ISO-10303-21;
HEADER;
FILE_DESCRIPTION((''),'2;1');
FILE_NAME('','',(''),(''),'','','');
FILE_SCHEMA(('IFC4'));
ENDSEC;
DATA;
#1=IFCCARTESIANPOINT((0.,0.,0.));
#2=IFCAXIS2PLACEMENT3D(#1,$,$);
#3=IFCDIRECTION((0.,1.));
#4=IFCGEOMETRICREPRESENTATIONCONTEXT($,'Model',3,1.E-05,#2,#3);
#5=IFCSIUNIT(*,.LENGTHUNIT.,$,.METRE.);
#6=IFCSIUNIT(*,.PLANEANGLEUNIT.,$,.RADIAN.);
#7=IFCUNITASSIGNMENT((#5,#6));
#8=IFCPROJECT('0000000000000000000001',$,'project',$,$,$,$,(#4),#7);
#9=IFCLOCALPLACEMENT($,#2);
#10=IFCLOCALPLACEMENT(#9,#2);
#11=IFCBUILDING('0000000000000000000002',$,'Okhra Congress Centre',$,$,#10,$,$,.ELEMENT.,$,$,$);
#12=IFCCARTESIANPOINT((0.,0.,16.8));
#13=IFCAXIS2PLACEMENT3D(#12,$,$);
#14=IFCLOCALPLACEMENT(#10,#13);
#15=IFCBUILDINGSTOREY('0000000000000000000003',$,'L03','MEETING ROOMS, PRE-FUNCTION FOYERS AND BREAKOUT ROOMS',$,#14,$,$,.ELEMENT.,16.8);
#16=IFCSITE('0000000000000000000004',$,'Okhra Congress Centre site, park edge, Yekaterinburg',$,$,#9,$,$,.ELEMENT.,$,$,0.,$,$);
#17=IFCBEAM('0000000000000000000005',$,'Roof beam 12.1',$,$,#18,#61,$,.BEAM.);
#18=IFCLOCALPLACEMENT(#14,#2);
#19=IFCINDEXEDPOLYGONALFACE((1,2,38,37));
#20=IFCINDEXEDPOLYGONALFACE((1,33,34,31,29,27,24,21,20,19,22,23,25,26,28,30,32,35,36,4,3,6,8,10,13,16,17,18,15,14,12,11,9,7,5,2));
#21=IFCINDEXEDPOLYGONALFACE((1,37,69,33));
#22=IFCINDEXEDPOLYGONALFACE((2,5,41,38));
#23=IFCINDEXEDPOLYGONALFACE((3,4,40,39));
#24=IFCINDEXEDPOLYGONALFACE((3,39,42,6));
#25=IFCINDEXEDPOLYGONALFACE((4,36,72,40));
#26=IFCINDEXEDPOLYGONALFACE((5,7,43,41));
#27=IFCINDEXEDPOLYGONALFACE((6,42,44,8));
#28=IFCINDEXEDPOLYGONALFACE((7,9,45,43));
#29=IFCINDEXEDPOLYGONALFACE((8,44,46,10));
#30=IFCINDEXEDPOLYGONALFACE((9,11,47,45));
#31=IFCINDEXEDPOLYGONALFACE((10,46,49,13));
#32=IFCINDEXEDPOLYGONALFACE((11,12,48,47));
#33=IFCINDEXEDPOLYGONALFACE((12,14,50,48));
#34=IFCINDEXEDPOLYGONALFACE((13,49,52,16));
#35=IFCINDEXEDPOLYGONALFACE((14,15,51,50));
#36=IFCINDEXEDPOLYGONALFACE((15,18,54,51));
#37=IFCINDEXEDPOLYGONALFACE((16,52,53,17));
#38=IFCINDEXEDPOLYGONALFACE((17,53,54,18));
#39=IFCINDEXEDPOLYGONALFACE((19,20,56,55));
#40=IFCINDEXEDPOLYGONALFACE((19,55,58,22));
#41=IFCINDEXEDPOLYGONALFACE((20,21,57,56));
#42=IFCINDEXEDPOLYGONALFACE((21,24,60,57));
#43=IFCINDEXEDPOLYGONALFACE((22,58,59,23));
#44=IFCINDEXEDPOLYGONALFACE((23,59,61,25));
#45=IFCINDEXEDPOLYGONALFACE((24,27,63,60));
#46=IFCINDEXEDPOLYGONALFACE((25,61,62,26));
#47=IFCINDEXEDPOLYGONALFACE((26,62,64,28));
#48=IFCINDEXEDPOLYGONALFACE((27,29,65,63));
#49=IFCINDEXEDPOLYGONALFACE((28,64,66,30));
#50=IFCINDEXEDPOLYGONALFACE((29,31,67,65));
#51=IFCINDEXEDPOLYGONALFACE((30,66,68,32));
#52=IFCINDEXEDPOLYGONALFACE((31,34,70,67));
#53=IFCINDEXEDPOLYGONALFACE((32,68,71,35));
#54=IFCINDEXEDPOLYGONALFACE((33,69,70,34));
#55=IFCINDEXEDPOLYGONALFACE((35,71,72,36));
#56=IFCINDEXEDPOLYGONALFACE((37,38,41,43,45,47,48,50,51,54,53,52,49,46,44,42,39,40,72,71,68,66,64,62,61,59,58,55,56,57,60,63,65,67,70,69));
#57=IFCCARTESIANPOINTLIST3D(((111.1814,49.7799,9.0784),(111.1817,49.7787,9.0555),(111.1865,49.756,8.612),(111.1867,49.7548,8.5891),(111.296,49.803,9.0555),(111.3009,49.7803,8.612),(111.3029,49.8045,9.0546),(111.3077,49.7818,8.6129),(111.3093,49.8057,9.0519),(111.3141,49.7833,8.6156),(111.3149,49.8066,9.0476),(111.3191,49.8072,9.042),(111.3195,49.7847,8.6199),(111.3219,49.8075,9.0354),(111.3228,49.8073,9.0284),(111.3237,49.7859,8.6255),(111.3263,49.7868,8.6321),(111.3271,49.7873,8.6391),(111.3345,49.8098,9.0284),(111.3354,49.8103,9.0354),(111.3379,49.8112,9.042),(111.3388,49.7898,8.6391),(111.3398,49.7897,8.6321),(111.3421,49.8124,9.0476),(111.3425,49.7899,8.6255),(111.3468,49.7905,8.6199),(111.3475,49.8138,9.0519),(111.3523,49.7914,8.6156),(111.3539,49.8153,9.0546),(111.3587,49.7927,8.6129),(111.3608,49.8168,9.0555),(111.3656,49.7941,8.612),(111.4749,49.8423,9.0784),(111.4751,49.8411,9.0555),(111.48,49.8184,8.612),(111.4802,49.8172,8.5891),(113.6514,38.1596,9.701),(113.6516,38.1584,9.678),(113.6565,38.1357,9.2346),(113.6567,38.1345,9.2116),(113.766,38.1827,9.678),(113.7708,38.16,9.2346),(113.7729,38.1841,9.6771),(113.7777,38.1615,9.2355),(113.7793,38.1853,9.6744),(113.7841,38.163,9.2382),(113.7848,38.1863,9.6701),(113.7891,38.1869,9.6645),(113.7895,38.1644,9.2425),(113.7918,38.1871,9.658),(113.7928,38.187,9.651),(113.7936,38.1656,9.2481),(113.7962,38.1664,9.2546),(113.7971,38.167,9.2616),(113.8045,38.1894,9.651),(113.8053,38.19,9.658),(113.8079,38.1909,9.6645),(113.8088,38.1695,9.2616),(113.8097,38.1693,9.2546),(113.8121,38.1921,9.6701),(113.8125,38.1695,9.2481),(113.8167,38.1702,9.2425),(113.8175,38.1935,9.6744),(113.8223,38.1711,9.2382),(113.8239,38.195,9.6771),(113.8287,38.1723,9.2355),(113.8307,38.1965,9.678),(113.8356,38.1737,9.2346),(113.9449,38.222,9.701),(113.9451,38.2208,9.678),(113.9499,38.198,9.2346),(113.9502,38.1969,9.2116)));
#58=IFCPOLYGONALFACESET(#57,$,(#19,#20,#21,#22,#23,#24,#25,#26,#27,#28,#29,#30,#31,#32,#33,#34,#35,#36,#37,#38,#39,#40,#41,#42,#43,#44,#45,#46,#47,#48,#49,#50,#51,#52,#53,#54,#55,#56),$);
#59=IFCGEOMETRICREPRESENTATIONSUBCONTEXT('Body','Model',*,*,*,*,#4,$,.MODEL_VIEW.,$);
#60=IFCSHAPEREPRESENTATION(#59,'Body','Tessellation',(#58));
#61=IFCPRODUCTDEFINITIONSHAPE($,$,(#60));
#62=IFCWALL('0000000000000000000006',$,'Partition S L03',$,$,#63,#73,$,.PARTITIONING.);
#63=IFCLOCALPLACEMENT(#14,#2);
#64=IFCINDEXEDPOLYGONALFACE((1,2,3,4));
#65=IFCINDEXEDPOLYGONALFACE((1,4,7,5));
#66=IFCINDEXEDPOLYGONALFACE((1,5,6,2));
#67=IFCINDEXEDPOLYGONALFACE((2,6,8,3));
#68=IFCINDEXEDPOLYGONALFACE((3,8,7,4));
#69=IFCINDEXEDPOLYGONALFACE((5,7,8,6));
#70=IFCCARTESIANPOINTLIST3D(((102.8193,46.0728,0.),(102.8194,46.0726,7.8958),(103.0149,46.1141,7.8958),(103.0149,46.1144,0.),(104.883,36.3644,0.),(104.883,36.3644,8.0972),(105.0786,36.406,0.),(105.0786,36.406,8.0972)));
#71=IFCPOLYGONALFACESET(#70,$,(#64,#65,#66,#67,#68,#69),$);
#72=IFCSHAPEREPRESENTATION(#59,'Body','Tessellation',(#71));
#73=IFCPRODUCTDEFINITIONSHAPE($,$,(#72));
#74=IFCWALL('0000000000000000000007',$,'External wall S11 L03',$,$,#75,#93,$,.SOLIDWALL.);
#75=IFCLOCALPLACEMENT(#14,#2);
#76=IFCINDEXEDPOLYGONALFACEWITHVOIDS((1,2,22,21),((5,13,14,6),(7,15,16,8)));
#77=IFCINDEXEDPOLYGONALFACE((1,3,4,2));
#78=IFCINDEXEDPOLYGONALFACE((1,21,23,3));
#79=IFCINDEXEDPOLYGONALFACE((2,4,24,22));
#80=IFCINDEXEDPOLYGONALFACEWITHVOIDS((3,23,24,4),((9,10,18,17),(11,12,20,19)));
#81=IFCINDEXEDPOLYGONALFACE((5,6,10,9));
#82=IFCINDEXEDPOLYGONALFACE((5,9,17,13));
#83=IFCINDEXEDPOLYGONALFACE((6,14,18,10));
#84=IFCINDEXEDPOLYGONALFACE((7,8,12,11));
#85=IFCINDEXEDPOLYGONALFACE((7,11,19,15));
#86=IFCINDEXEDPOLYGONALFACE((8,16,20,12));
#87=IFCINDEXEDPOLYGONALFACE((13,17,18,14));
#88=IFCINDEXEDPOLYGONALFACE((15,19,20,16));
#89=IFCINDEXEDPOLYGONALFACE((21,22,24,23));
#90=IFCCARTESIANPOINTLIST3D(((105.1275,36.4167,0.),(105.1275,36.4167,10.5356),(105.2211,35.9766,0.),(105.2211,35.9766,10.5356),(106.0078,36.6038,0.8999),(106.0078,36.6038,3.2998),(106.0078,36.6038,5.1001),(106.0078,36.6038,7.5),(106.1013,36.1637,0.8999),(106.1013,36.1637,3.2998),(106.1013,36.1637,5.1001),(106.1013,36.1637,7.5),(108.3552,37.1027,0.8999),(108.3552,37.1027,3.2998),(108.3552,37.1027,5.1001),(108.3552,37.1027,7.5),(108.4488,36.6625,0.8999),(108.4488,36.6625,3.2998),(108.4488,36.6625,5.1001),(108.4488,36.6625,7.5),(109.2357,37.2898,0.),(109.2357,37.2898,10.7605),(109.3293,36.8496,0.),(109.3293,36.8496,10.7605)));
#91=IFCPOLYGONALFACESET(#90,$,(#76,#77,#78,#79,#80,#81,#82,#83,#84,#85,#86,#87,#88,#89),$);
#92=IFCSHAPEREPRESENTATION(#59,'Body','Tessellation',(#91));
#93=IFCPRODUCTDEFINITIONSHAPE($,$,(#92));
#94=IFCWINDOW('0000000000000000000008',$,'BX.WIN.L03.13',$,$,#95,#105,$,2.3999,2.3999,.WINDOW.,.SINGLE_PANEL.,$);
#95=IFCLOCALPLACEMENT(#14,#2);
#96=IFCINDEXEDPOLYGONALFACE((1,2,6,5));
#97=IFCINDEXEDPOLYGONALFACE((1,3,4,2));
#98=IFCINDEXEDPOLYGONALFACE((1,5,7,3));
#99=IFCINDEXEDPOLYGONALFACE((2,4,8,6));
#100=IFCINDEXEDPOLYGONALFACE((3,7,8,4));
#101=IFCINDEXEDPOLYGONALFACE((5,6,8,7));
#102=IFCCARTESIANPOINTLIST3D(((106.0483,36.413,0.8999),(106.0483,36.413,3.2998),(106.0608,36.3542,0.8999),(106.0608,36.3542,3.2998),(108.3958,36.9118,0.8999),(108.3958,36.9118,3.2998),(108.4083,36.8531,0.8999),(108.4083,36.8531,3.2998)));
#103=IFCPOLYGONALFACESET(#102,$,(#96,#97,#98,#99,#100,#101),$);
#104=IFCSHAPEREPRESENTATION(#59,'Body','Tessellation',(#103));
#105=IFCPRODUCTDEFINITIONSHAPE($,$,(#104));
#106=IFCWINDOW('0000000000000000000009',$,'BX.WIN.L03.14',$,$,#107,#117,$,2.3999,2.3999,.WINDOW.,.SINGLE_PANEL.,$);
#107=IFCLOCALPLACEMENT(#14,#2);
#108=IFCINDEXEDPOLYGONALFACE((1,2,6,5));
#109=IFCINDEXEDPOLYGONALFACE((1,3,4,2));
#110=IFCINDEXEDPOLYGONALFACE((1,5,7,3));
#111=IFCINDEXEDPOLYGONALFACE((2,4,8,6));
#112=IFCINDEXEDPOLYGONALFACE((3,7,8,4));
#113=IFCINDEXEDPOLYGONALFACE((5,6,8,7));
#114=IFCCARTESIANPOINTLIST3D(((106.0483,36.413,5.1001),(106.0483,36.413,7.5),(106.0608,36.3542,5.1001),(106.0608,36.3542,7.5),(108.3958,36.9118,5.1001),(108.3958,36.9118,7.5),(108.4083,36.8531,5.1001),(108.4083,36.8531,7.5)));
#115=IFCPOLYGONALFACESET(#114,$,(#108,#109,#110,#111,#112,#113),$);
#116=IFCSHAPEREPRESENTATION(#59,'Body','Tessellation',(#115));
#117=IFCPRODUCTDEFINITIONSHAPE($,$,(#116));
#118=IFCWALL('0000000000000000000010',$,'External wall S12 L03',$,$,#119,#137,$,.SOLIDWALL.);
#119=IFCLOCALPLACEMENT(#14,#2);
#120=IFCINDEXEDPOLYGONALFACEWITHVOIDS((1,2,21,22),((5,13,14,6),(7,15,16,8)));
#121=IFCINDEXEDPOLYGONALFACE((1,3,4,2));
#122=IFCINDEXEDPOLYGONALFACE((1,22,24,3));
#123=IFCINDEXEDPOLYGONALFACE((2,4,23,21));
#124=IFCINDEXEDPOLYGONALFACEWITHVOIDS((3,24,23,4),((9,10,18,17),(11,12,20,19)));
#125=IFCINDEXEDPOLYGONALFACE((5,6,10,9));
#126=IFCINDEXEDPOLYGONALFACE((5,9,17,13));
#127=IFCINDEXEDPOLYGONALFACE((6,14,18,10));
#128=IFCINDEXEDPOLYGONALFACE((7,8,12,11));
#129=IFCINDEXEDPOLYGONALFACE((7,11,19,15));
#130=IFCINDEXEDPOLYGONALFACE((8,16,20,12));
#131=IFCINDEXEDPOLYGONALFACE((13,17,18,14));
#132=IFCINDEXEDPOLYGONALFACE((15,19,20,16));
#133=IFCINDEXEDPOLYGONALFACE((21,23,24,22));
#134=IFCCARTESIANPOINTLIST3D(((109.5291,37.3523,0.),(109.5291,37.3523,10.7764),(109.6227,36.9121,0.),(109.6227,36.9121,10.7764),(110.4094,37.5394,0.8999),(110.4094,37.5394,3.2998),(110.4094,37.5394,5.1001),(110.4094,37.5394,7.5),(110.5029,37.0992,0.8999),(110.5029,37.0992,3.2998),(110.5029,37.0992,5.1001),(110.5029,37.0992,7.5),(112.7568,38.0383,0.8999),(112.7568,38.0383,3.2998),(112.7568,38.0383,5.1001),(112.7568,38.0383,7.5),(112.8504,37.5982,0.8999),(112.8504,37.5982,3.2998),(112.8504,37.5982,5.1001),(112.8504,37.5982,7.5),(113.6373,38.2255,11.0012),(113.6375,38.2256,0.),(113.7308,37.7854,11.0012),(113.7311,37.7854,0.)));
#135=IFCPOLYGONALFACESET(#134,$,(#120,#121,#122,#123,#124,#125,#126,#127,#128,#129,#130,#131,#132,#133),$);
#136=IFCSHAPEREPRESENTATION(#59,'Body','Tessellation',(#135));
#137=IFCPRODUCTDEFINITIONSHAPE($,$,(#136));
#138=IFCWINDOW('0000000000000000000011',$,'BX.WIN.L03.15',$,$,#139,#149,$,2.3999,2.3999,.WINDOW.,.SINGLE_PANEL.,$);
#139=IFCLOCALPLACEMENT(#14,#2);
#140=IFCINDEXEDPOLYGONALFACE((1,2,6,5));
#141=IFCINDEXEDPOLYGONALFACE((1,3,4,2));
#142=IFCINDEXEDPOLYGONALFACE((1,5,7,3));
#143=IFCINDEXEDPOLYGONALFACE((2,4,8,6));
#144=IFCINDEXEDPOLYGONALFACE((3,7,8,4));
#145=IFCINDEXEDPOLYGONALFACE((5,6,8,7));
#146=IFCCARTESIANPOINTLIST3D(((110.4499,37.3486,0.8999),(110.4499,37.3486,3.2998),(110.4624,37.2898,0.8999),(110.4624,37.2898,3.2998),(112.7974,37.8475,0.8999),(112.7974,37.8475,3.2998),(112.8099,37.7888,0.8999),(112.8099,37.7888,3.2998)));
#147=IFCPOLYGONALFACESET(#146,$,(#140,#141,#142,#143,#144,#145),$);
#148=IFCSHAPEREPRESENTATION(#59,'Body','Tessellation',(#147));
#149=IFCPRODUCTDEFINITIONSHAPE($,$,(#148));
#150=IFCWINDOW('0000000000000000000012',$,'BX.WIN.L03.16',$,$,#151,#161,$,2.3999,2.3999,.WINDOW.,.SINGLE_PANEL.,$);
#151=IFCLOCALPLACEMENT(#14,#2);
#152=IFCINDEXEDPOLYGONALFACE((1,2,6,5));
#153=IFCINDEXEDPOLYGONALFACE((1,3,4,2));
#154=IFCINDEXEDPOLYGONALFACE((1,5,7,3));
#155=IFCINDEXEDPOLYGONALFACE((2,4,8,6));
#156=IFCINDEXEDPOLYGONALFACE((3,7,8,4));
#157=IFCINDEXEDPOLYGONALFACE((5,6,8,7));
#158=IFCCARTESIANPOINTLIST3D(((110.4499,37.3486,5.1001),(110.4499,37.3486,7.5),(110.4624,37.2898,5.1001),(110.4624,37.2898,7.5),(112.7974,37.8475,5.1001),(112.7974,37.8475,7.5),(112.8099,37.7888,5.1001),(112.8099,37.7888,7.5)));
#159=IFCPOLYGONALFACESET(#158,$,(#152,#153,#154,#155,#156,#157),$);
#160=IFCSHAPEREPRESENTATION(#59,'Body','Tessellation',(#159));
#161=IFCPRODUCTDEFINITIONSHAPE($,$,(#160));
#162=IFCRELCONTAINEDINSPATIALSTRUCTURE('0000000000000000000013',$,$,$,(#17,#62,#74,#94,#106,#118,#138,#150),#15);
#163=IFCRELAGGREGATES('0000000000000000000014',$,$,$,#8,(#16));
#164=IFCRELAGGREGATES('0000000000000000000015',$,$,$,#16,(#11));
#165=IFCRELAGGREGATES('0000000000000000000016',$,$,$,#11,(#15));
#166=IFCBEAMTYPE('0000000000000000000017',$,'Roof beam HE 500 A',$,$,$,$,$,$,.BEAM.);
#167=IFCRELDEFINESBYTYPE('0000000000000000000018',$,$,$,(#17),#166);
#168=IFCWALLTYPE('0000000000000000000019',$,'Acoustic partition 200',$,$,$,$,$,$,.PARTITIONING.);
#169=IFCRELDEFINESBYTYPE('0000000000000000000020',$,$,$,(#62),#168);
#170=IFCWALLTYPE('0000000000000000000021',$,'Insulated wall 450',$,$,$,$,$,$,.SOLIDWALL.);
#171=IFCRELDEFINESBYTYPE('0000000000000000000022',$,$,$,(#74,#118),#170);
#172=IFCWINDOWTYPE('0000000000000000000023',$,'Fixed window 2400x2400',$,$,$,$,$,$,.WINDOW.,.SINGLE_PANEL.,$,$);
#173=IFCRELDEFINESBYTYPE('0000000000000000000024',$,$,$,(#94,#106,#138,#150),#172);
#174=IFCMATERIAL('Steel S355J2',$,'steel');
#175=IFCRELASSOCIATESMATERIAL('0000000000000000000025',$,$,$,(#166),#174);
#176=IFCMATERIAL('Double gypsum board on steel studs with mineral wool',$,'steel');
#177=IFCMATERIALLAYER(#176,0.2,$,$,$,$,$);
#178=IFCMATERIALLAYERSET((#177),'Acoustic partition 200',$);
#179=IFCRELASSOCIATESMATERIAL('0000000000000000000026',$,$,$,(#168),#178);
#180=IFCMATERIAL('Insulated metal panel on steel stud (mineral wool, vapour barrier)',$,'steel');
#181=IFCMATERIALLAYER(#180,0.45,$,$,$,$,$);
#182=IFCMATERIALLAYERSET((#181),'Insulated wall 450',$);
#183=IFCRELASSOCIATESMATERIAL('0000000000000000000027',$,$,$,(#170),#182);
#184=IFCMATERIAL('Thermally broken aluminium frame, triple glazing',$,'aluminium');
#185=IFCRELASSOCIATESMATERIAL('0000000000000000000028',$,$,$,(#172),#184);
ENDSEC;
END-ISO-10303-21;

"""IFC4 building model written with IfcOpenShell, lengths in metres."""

from ifc_helpers import new_model, si_unit, direction, frame, frame_2d, origin, origin_2d, place, context, subcontext, project, spatial, polyline, rectangle, i_section, outline, extrude, material, layer, layer_set, material_profile, profile_set, type_object, element, fill, save


model = new_model("IFC4")

# Units and contexts
model_context = context("Model", 3, precision=1e-05, world=origin(), true_north=direction((0.0, 1.0)))
body_context = subcontext(model_context, "Body", "Model", "MODEL_VIEW")
ifc_project = project(units=[si_unit("LENGTHUNIT", "METRE"), si_unit("PLANEANGLEUNIT", "RADIAN")], contexts=[model_context])

# Site, building, storey
site_placement = place(None, origin())
site = spatial("IfcSite", under=ifc_project, at=site_placement, Name="Okhra Congress Centre site, park edge, Yekaterinburg", CompositionType="ELEMENT", RefElevation=0.0)
building_placement = place(site_placement, origin())
building = spatial("IfcBuilding", under=site, at=building_placement, Name="Okhra Congress Centre", CompositionType="ELEMENT")
storey_placement = place(building_placement, frame((0.0, 0.0, 16.8)))
storey = spatial("IfcBuildingStorey", under=building, at=storey_placement, Name="L03", Description="MEETING ROOMS, PRE-FUNCTION FOYERS AND BREAKOUT ROOMS", CompositionType="ELEMENT", Elevation=16.8)

# Shared definitions
ifc_material_1 = material(Name="Steel S355J2", Category="steel")

# Beam
ifc_material_profile_1 = material_profile(ifc_material_1, i_section(OverallWidth=0.3, OverallDepth=0.49, WebThickness=0.012, FlangeThickness=0.0229, FilletRadius=0.0271, at=origin_2d()), Name="HE 500 A")
ifc_profile_set_1 = profile_set([ifc_material_profile_1], Name="Steel S355J2")
beam_type = type_object("IfcBeamType", Name="Roof beam HE 500 A", PredefinedType="BEAM", material=ifc_profile_set_1)
for number, where, z_axis, x_axis, name in (
    (1, (113.8008, 38.1782, 9.4563), (-0.207626, 0.976808, -0.052332), (-0.978148, -0.207911, 0.0), "Roof beam 12.1"),
):
    element("IfcBeam", number, at=place(storey_placement, frame(where, z_axis=z_axis, x_axis=x_axis)), inside=storey, type_object=beam_type, Name=name, PredefinedType="BEAM", context=body_context, shape_type="SweptSolid", body=[
        extrude(i_section(OverallWidth=0.3, OverallDepth=0.49, WebThickness=0.012, FlangeThickness=0.0229, FilletRadius=0.0271, at=origin_2d()), origin(), (0.0, 0.0, 1.0), 11.8962),
    ])

# Wall
ifc_material_2 = material(Name="Double gypsum board on steel studs with mineral wool", Category="steel")
ifc_layer_1 = layer(ifc_material_2, 0.2)
ifc_layer_set_1 = layer_set([ifc_layer_1], Name="Acoustic partition 200")
wall_type_1 = type_object("IfcWallType", Name="Acoustic partition 200", PredefinedType="PARTITIONING", material=ifc_layer_set_1)
wall_1_placement = place(storey_placement, frame((104.981, 36.3853, 0.0), z_axis=(0.0, 0.0, 1.0), x_axis=(-0.207928, 0.978144, 0.0)))
element("IfcWall", 2, at=wall_1_placement, inside=storey, type_object=wall_type_1, Name="Partition S L03", PredefinedType="PARTITIONING", context=body_context, shape_type="SweptSolid", body=[
    extrude(outline(polyline([(0.0, 0.0), (9.9253, 0.0), (9.925, 7.8958), (0.0, 8.0972), (0.0, 0.0)])), frame((0.0, 0.1001, 0.0), z_axis=(0.0, -1.0, 0.0), x_axis=(1.0, 0.0, 0.0)), (0.0, 0.0, 1.0), 0.2),
])

# Walls, openings, windows
ifc_material_3 = material(Name="Insulated metal panel on steel stud (mineral wool, vapour barrier)", Category="steel")
ifc_layer_2 = layer(ifc_material_3, 0.45)
ifc_layer_set_2 = layer_set([ifc_layer_2], Name="Insulated wall 450")
wall_type_2 = type_object("IfcWallType", Name="Insulated wall 450", PredefinedType="SOLIDWALL", material=ifc_layer_set_2)
wall_2_placement = place(storey_placement, frame((105.1743, 36.1965, 0.0), z_axis=(0.0, 0.0, 1.0), x_axis=(0.978156, 0.207873, 0.0)))
wall_2 = element("IfcWall", 3, at=wall_2_placement, inside=storey, type_object=wall_type_2, Name="External wall S11 L03", PredefinedType="SOLIDWALL", context=body_context, shape_type="SweptSolid", body=[
    extrude(outline(polyline([(0.0, 0.0), (4.2, 0.0), (4.2, 10.7605), (0.0, 10.5356), (0.0, 0.0)])), frame((0.0, 0.2251, 0.0), z_axis=(0.0, -1.0, 0.0), x_axis=(1.0, 0.0, 0.0)), (0.0, 0.0, 1.0), 0.45),
])
opening_1_placement = place(wall_2_placement, frame((0.8999, 0.0, 0.8999)))
opening_1 = element("IfcOpeningElement", 4, at=opening_1_placement, cuts=wall_2, PredefinedType="OPENING", context=body_context, shape_type="SweptSolid", body=[
    extrude(rectangle(XDim=2.3999, YDim=2.3999, at=frame_2d((1.2, 1.2))), frame((0.0, 0.2349, 0.0), z_axis=(0.0, -1.0, 0.0), x_axis=(1.0, 0.0, 0.0)), (0.0, 0.0, 1.0), 0.47),
])
opening_2_placement = place(wall_2_placement, frame((0.8999, 0.0, 5.1001)))
opening_2 = element("IfcOpeningElement", 5, at=opening_2_placement, cuts=wall_2, PredefinedType="OPENING", context=body_context, shape_type="SweptSolid", body=[
    extrude(rectangle(XDim=2.3999, YDim=2.3999, at=frame_2d((1.2, 1.2))), frame((0.0, 0.2349, 0.0), z_axis=(0.0, -1.0, 0.0), x_axis=(1.0, 0.0, 0.0)), (0.0, 0.0, 1.0), 0.47),
])
ifc_material_4 = material(Name="Thermally broken aluminium frame, triple glazing", Category="aluminium")
window_type = type_object("IfcWindowType", Name="Fixed window 2400x2400", PartitioningType="SINGLE_PANEL", PredefinedType="WINDOW", material=ifc_material_4)
window_1_placement = place(opening_1_placement, origin())
window_1 = element("IfcWindow", 6, at=window_1_placement, inside=storey, type_object=window_type, Name="BX.WIN.L03.13", OverallHeight=2.3999, OverallWidth=2.3999, PartitioningType="SINGLE_PANEL", PredefinedType="WINDOW", context=body_context, shape_type="SweptSolid", body=[
    extrude(rectangle(XDim=2.3999, YDim=2.3999, at=frame_2d((1.2, 1.2))), frame((0.0, 0.03, 0.0), z_axis=(0.0, -1.0, 0.0), x_axis=(1.0, 0.0, 0.0)), (0.0, 0.0, 1.0), 0.0601),
])
fill(opening_1, window_1)
window_2_placement = place(opening_2_placement, origin())
window_2 = element("IfcWindow", 7, at=window_2_placement, inside=storey, type_object=window_type, Name="BX.WIN.L03.14", OverallHeight=2.3999, OverallWidth=2.3999, PartitioningType="SINGLE_PANEL", PredefinedType="WINDOW", context=body_context, shape_type="SweptSolid", body=[
    extrude(rectangle(XDim=2.3999, YDim=2.3999, at=frame_2d((1.2, 1.2))), frame((0.0, 0.03, 0.0), z_axis=(0.0, -1.0, 0.0), x_axis=(1.0, 0.0, 0.0)), (0.0, 0.0, 1.0), 0.0601),
])
fill(opening_2, window_2)
wall_3_placement = place(storey_placement, frame((109.5759, 37.1321, 0.0), z_axis=(0.0, 0.0, 1.0), x_axis=(0.978146, 0.207917, 0.0)))
wall_3 = element("IfcWall", 8, at=wall_3_placement, inside=storey, type_object=wall_type_2, Name="External wall S12 L03", PredefinedType="SOLIDWALL", context=body_context, shape_type="SweptSolid", body=[
    extrude(outline(polyline([(0.0, 0.0), (4.2002, 0.0), (4.2, 11.0012), (0.0, 10.7764), (0.0, 0.0)])), frame((0.0, 0.2251, 0.0), z_axis=(0.0, -1.0, 0.0), x_axis=(1.0, 0.0, 0.0)), (0.0, 0.0, 1.0), 0.45),
])
opening_3_placement = place(wall_3_placement, frame((0.8999, 0.0, 0.8999)))
opening_3 = element("IfcOpeningElement", 9, at=opening_3_placement, cuts=wall_3, PredefinedType="OPENING", context=body_context, shape_type="SweptSolid", body=[
    extrude(rectangle(XDim=2.3999, YDim=2.3999, at=frame_2d((1.2, 1.2))), frame((0.0, 0.2349, 0.0), z_axis=(0.0, -1.0, 0.0), x_axis=(1.0, 0.0, 0.0)), (0.0, 0.0, 1.0), 0.47),
])
opening_4_placement = place(wall_3_placement, frame((0.8999, 0.0, 5.1001)))
opening_4 = element("IfcOpeningElement", 10, at=opening_4_placement, cuts=wall_3, PredefinedType="OPENING", context=body_context, shape_type="SweptSolid", body=[
    extrude(rectangle(XDim=2.3999, YDim=2.3999, at=frame_2d((1.2, 1.2))), frame((0.0, 0.2349, 0.0), z_axis=(0.0, -1.0, 0.0), x_axis=(1.0, 0.0, 0.0)), (0.0, 0.0, 1.0), 0.47),
])
window_3_placement = place(opening_3_placement, origin())
window_3 = element("IfcWindow", 11, at=window_3_placement, inside=storey, type_object=window_type, Name="BX.WIN.L03.15", OverallHeight=2.3999, OverallWidth=2.3999, PartitioningType="SINGLE_PANEL", PredefinedType="WINDOW", context=body_context, shape_type="SweptSolid", body=[
    extrude(rectangle(XDim=2.3999, YDim=2.3999, at=frame_2d((1.2, 1.2))), frame((0.0, 0.03, 0.0), z_axis=(0.0, -1.0, 0.0), x_axis=(1.0, 0.0, 0.0)), (0.0, 0.0, 1.0), 0.0601),
])
fill(opening_3, window_3)
window_4_placement = place(opening_4_placement, origin())
window_4 = element("IfcWindow", 12, at=window_4_placement, inside=storey, type_object=window_type, Name="BX.WIN.L03.16", OverallHeight=2.3999, OverallWidth=2.3999, PartitioningType="SINGLE_PANEL", PredefinedType="WINDOW", context=body_context, shape_type="SweptSolid", body=[
    extrude(rectangle(XDim=2.3999, YDim=2.3999, at=frame_2d((1.2, 1.2))), frame((0.0, 0.03, 0.0), z_axis=(0.0, -1.0, 0.0), x_axis=(1.0, 0.0, 0.0)), (0.0, 0.0, 1.0), 0.0601),
])
fill(opening_4, window_4)

save(model, "model.ifc")
